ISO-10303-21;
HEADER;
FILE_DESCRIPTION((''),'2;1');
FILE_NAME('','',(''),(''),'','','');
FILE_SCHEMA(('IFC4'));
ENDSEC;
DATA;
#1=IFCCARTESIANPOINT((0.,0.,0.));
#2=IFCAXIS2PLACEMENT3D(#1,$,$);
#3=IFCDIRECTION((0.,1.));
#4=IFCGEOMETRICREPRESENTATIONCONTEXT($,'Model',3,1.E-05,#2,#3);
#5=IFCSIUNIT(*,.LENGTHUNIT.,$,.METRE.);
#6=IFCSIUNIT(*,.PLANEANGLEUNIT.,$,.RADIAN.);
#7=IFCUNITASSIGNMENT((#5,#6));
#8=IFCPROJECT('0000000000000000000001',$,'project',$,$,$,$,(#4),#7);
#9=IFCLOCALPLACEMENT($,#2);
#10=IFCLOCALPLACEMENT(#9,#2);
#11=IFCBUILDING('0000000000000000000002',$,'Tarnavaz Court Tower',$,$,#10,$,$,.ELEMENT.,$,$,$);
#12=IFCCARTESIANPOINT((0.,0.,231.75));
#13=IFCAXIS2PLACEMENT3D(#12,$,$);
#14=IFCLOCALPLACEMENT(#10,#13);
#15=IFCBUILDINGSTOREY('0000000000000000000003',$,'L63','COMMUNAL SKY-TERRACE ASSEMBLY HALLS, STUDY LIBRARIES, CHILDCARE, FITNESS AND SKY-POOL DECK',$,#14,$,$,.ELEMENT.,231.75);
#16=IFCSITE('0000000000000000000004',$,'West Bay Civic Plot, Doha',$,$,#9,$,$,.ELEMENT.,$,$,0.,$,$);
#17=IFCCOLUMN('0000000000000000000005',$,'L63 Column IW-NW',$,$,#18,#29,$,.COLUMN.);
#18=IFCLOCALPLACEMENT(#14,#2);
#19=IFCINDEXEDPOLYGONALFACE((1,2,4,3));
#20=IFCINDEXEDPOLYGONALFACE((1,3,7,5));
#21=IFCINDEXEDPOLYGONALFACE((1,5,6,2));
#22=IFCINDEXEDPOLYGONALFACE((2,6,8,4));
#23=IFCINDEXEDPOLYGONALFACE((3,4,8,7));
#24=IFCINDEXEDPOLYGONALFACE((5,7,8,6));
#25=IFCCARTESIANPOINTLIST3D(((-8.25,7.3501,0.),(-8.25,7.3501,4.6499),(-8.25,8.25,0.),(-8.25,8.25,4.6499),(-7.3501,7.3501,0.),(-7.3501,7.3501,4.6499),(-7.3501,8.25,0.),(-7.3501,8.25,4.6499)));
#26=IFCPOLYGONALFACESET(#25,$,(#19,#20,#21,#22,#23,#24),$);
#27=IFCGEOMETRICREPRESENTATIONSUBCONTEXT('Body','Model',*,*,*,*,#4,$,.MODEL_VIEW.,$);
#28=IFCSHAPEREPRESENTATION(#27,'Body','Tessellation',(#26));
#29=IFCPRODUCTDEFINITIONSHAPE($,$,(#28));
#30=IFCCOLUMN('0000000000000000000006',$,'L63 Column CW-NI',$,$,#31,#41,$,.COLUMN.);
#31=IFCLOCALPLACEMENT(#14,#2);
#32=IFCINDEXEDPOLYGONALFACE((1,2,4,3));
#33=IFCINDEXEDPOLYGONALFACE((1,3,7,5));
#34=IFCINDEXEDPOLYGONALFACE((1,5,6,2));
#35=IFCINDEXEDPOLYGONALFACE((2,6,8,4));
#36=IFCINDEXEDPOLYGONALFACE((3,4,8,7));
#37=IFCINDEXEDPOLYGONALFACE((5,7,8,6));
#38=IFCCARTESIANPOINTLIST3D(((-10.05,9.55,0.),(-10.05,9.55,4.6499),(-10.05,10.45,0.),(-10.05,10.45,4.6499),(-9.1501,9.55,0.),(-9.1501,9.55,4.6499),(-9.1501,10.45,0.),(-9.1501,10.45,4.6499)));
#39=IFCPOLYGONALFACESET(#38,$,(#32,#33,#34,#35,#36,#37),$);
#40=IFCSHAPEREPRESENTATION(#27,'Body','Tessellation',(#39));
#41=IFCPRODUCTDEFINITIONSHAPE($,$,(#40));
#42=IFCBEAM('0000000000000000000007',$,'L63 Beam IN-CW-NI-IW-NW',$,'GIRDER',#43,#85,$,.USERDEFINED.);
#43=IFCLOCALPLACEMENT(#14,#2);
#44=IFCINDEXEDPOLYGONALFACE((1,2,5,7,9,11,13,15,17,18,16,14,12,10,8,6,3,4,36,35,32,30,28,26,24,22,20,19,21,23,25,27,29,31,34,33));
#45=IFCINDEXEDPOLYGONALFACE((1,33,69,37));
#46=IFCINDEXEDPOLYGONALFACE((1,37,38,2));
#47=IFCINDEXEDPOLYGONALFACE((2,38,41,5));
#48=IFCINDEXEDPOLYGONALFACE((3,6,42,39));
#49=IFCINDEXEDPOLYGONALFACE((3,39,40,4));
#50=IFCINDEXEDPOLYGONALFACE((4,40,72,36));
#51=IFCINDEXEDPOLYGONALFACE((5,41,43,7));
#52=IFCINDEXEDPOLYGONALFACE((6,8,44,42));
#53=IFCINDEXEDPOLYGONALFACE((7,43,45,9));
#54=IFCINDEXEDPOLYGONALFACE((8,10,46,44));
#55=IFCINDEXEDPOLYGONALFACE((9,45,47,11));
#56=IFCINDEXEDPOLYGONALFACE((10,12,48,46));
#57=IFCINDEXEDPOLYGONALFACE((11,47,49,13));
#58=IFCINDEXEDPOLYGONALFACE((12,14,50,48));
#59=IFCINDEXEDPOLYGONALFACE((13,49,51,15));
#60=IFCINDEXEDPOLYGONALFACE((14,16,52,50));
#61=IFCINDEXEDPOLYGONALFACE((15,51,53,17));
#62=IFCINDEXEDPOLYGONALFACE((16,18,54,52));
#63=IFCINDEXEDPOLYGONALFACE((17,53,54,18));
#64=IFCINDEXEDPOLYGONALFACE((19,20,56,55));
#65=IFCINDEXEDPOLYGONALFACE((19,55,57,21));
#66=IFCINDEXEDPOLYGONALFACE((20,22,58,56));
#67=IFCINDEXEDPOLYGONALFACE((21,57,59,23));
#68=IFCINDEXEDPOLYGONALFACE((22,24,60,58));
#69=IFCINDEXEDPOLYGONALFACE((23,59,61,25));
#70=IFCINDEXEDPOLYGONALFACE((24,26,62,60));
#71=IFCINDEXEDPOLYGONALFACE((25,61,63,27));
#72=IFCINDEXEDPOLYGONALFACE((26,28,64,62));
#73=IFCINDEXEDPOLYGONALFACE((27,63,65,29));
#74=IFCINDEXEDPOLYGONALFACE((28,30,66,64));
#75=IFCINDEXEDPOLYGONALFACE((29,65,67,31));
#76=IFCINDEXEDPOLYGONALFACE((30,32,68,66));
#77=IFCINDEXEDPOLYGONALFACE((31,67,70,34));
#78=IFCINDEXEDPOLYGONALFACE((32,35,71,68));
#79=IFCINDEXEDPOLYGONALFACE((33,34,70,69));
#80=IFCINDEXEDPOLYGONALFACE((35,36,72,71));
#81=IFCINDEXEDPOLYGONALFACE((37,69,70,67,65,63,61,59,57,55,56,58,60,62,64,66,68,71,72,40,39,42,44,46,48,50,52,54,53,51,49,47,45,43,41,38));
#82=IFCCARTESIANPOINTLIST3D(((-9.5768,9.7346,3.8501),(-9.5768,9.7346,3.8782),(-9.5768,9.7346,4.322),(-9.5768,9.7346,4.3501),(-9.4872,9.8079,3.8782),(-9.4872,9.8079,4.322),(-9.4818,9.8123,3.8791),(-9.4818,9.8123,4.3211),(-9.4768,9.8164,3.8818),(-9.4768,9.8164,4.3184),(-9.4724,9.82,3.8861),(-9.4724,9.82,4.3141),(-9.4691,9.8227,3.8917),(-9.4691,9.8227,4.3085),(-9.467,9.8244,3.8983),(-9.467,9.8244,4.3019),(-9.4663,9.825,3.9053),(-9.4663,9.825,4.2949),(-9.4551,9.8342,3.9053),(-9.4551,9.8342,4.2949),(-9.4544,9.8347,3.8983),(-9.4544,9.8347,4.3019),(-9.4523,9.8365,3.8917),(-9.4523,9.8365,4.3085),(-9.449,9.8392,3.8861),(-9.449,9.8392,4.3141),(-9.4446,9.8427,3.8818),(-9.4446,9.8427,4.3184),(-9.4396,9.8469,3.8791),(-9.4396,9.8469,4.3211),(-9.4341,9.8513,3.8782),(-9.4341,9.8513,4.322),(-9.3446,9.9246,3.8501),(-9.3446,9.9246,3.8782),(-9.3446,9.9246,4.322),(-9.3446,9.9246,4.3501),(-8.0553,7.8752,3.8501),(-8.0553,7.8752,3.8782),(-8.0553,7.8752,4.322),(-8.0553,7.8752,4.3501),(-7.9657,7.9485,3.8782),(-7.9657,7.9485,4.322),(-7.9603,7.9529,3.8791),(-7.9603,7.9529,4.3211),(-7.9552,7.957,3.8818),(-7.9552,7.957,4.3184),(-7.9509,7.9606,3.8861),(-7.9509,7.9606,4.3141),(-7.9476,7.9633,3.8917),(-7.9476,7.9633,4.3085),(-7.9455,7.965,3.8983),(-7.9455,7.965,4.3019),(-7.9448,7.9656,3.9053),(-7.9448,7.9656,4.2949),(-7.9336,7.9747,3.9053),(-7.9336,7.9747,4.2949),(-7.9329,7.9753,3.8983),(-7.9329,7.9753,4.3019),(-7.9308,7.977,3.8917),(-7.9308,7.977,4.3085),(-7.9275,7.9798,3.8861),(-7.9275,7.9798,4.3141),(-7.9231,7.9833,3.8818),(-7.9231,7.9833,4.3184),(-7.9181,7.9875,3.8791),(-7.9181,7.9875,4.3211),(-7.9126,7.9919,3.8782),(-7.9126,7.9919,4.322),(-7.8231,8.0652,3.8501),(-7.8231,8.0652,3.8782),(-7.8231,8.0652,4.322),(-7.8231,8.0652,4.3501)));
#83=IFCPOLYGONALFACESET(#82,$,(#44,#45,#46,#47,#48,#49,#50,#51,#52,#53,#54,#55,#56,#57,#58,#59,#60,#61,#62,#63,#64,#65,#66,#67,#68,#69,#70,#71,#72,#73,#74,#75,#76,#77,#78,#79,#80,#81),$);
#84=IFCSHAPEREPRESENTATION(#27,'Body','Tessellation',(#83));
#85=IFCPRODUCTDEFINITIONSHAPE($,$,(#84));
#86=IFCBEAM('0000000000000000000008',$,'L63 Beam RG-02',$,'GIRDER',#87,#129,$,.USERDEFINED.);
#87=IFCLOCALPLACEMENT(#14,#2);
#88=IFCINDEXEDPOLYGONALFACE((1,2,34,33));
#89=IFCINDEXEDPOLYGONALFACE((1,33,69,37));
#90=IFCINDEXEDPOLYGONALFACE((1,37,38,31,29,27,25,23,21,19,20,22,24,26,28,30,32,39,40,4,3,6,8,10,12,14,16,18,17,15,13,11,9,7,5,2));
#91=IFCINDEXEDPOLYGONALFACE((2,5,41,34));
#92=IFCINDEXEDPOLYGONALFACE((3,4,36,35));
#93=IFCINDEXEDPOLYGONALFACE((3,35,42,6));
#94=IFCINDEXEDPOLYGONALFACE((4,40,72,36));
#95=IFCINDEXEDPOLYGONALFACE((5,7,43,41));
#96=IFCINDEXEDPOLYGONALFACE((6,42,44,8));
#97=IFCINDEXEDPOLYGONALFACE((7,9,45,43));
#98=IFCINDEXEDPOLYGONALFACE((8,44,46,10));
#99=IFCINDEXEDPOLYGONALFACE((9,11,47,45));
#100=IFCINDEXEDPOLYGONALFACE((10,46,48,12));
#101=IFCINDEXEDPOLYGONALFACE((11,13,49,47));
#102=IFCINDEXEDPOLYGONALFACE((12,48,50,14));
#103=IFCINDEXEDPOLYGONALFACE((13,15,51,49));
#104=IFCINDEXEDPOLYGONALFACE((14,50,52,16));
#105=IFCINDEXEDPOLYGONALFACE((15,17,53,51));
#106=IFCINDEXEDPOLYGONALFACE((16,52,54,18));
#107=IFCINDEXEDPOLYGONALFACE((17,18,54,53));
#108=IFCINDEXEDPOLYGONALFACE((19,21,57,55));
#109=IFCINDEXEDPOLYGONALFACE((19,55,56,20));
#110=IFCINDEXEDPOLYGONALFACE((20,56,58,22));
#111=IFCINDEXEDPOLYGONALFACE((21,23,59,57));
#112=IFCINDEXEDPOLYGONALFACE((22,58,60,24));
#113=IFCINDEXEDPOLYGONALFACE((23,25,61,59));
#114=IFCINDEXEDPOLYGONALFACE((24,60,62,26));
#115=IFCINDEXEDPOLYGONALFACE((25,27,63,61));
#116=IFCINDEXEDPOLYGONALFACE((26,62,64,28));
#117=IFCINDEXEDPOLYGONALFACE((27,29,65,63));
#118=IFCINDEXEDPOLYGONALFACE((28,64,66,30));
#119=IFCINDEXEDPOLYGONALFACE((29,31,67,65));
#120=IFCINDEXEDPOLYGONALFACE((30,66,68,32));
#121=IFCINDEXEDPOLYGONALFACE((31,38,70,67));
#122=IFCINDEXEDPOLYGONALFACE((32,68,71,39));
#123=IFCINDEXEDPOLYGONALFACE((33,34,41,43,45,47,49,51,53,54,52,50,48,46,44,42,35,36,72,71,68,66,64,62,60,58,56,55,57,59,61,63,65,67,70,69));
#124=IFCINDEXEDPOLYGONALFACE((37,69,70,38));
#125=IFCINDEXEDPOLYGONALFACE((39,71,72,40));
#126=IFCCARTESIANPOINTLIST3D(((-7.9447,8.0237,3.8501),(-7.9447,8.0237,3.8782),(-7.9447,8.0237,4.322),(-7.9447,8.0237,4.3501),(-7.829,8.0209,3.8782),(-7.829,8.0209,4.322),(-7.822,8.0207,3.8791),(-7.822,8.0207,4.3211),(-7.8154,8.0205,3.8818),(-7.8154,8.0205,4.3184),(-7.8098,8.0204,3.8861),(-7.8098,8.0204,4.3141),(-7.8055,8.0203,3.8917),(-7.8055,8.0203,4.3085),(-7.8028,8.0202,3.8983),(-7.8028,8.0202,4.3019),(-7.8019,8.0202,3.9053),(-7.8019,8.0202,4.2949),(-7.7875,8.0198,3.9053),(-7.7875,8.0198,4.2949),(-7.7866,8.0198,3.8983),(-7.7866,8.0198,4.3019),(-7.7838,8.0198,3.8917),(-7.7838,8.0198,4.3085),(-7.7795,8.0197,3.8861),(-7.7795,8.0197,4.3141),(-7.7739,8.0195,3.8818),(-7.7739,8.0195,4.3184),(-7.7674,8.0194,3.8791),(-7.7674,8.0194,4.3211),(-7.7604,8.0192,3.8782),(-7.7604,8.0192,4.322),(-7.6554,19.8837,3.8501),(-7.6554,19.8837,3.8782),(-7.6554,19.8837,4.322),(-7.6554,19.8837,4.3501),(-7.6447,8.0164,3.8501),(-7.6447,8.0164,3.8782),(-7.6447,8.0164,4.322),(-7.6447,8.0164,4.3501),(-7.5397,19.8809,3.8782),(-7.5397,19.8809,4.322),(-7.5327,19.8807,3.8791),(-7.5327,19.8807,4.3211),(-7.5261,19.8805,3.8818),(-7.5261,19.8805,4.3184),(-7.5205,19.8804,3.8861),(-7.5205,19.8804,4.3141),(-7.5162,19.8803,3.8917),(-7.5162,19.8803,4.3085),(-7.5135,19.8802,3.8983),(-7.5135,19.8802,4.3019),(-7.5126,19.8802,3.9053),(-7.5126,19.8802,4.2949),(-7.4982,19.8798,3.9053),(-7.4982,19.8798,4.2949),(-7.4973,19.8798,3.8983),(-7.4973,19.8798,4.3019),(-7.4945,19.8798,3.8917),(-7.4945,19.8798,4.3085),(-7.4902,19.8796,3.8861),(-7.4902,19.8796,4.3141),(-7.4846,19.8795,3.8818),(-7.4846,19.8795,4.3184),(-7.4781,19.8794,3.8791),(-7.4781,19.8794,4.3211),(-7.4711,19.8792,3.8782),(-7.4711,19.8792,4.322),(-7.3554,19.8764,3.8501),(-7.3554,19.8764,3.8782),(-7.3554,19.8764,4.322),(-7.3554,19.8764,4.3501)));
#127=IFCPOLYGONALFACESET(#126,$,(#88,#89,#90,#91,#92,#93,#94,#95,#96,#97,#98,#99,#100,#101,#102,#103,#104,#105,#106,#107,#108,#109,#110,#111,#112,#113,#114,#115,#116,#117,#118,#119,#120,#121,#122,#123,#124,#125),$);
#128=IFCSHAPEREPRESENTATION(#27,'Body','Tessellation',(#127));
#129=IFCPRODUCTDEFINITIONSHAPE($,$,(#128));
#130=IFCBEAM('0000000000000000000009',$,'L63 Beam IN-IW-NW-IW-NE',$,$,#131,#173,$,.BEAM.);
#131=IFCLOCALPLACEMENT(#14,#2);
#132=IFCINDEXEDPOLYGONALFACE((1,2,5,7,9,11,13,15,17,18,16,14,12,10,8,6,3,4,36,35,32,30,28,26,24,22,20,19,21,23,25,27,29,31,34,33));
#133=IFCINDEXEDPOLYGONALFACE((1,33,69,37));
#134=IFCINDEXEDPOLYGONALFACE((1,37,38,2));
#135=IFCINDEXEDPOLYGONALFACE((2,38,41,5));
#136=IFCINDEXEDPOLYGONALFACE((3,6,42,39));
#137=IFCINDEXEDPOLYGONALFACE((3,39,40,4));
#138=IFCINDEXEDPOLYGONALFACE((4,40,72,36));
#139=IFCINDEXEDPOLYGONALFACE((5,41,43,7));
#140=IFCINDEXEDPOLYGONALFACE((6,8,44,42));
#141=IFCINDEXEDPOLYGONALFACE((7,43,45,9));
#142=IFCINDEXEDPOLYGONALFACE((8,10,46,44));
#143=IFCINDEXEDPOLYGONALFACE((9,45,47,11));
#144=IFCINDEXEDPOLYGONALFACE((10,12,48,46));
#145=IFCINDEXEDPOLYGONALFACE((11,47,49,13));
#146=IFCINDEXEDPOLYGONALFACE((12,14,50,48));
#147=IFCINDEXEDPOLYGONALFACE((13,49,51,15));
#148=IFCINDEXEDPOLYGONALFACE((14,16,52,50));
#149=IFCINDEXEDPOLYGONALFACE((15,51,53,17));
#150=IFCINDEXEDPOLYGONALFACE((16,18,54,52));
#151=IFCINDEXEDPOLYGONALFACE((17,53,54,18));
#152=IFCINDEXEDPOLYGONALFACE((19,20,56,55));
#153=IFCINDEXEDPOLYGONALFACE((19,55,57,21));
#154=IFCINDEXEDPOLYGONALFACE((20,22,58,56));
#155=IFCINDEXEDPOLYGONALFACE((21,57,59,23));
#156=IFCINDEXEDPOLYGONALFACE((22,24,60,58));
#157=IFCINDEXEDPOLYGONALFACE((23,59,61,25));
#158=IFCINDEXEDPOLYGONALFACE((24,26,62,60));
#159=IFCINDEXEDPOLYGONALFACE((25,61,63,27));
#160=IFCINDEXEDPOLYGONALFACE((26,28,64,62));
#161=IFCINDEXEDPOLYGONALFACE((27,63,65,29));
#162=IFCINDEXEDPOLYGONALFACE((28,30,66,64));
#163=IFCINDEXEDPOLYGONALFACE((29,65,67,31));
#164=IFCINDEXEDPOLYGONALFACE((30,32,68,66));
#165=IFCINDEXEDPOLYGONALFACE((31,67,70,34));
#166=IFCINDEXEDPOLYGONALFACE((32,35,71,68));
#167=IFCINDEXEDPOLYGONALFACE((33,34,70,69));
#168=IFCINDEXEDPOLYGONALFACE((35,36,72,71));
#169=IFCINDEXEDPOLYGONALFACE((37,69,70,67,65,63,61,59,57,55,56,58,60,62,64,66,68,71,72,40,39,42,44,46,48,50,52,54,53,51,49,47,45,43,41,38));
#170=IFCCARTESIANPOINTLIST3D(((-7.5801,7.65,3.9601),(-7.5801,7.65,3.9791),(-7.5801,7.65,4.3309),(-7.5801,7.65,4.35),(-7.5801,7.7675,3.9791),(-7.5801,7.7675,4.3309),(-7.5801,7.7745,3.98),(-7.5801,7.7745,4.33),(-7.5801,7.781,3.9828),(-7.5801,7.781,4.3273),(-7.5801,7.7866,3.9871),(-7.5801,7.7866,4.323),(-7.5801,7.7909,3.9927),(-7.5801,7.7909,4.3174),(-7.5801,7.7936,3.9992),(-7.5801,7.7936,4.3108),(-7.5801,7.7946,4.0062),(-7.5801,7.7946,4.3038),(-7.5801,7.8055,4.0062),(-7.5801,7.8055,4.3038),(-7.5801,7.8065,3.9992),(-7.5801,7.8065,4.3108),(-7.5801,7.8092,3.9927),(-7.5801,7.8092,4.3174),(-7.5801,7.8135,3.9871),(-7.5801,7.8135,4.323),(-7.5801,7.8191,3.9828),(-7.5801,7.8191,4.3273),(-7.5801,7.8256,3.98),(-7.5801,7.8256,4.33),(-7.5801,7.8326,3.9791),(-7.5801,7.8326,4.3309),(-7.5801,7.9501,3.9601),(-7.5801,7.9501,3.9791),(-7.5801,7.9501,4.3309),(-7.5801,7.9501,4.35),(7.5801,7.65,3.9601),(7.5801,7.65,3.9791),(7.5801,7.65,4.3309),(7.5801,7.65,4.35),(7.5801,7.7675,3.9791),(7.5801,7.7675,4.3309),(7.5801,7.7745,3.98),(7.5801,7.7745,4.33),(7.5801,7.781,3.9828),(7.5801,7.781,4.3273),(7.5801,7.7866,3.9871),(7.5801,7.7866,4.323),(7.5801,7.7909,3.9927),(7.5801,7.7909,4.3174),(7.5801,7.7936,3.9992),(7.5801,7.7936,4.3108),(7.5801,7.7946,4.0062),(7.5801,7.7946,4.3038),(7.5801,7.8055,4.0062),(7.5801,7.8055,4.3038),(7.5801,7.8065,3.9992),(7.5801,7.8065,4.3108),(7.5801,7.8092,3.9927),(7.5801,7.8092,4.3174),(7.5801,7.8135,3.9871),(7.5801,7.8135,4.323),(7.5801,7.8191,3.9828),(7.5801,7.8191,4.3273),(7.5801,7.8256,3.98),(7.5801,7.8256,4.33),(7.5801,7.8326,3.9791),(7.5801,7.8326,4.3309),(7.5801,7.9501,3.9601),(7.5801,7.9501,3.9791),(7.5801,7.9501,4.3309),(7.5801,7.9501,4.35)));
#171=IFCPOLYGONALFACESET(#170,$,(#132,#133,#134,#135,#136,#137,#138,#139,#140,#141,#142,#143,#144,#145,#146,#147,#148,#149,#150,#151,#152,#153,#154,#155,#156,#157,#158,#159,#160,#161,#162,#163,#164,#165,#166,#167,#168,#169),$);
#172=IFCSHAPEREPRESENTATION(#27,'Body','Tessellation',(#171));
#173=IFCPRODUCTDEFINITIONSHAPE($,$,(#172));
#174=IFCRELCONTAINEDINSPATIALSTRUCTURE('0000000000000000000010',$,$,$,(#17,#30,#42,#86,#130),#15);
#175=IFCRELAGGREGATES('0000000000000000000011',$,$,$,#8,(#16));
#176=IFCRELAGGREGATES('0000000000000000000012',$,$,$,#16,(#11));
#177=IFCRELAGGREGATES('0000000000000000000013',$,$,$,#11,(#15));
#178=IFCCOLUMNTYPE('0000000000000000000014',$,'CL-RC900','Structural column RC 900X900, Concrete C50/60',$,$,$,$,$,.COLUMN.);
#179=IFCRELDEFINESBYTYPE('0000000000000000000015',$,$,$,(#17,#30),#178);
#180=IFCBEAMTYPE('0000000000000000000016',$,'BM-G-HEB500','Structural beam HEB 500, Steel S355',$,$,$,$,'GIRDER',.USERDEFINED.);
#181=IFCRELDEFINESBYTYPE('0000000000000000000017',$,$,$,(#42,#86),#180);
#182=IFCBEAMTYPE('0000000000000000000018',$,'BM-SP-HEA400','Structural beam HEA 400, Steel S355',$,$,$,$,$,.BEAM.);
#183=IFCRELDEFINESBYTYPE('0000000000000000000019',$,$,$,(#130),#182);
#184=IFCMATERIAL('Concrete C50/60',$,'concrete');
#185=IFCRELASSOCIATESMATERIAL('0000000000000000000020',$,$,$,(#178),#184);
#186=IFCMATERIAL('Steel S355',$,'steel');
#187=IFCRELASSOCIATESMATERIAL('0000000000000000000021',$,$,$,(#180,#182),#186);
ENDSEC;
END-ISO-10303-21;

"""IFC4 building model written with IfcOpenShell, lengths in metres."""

from ifc_helpers import new_model, si_unit, direction, frame, origin, origin_2d, place, context, subcontext, project, spatial, rectangle, i_section, extrude, material, material_profile, profile_set, type_object, element, save


model = new_model("IFC4")

# Units and contexts
model_context = context("Model", 3, precision=1e-05, world=origin(), true_north=direction((0.0, 1.0)))
body_context = subcontext(model_context, "Body", "Model", "MODEL_VIEW")
ifc_project = project(units=[si_unit("LENGTHUNIT", "METRE"), si_unit("PLANEANGLEUNIT", "RADIAN")], contexts=[model_context])

# Site, building, storey
site_placement = place(None, origin())
site = spatial("IfcSite", under=ifc_project, at=site_placement, Name="West Bay Civic Plot, Doha", CompositionType="ELEMENT", RefElevation=0.0)
building_placement = place(site_placement, origin())
building = spatial("IfcBuilding", under=site, at=building_placement, Name="Tarnavaz Court Tower", CompositionType="ELEMENT")
storey_placement = place(building_placement, frame((0.0, 0.0, 231.75)))
storey = spatial("IfcBuildingStorey", under=building, at=storey_placement, Name="L63", Description="COMMUNAL SKY-TERRACE ASSEMBLY HALLS, STUDY LIBRARIES, CHILDCARE, FITNESS AND SKY-POOL DECK", CompositionType="ELEMENT", Elevation=231.75)

# Columns
ifc_material_1 = material(Name="Concrete C50/60", Category="concrete")
ifc_material_profile_1 = material_profile(ifc_material_1, rectangle(XDim=0.8999, YDim=0.8999, at=origin_2d()), Name="RC 900X900")
ifc_profile_set_1 = profile_set([ifc_material_profile_1], Name="Concrete C50/60")
column_type = type_object("IfcColumnType", Name="CL-RC900", Description="Structural column RC 900X900, Concrete C50/60", PredefinedType="COLUMN", material=ifc_profile_set_1)
for number, where, z_axis, x_axis, name in (
    (1, (-7.8, 7.8, 0.0), (0.0, 0.0, 1.0), (1.0, 0.0, 0.0), "L63 Column IW-NW"),
    (2, (-9.6001, 10.0, 0.0), (0.0, 0.0, 1.0), (1.0, 0.0, 0.0), "L63 Column CW-NI"),
):
    element("IfcColumn", number, at=place(storey_placement, frame(where, z_axis=z_axis, x_axis=x_axis)), inside=storey, type_object=column_type, Name=name, PredefinedType="COLUMN", context=body_context, shape_type="SweptSolid", body=[
        extrude(rectangle(XDim=0.8999, YDim=0.8999, at=origin_2d()), origin(), (0.0, 0.0, 1.0), 4.6499),
    ])

# Beams
ifc_material_2 = material(Name="Steel S355", Category="steel")
ifc_material_profile_2 = material_profile(ifc_material_2, i_section(OverallWidth=0.3, OverallDepth=0.5, WebThickness=0.0144, FlangeThickness=0.0281, FilletRadius=0.0271, at=origin_2d()), Name="HEB 500")
ifc_profile_set_2 = profile_set([ifc_material_profile_2], Name="Steel S355")
beam_type_1 = type_object("IfcBeamType", Name="BM-G-HEB500", Description="Structural beam HEB 500, Steel S355", ElementType="GIRDER", PredefinedType="USERDEFINED", material=ifc_profile_set_2)
beam_1_placement = place(storey_placement, frame((-9.4607, 9.8296, 4.1001), z_axis=(0.633282, -0.773921, 0.0), x_axis=(0.773921, 0.633282, 0.0)))
element("IfcBeam", 3, at=beam_1_placement, inside=storey, type_object=beam_type_1, Name="L63 Beam IN-CW-NI-IW-NW", ObjectType="GIRDER", PredefinedType="USERDEFINED", context=body_context, shape_type="SweptSolid", body=[
    extrude(i_section(OverallWidth=0.3, OverallDepth=0.5, WebThickness=0.0144, FlangeThickness=0.0281, FilletRadius=0.0271, at=origin_2d()), origin(), (0.0, 0.0, 1.0), 2.4026),
])
beam_2_placement = place(storey_placement, frame((-7.7947, 8.02, 4.1001), z_axis=(0.024386, 0.999703, 0.0), x_axis=(-0.999703, 0.024386, 0.0)))
element("IfcBeam", 4, at=beam_2_placement, inside=storey, type_object=beam_type_1, Name="L63 Beam RG-02", ObjectType="GIRDER", PredefinedType="USERDEFINED", context=body_context, shape_type="SweptSolid", body=[
    extrude(i_section(OverallWidth=0.3, OverallDepth=0.5, WebThickness=0.0144, FlangeThickness=0.0281, FilletRadius=0.0271, at=origin_2d()), origin(), (0.0, 0.0, 1.0), 11.8635),
])
ifc_material_profile_3 = material_profile(ifc_material_2, i_section(OverallWidth=0.3, OverallDepth=0.3899, WebThickness=0.011, FlangeThickness=0.019, FilletRadius=0.0271, at=origin_2d()), Name="HEA 400")
ifc_profile_set_3 = profile_set([ifc_material_profile_3], Name="Steel S355")
beam_type_2 = type_object("IfcBeamType", Name="BM-SP-HEA400", Description="Structural beam HEA 400, Steel S355", PredefinedType="BEAM", material=ifc_profile_set_3)
beam_3_placement = place(storey_placement, frame((-7.5801, 7.8, 4.155), z_axis=(1.0, 0.0, 0.0), x_axis=(0.0, 1.0, 0.0)))
element("IfcBeam", 5, at=beam_3_placement, inside=storey, type_object=beam_type_2, Name="L63 Beam IN-IW-NW-IW-NE", PredefinedType="BEAM", context=body_context, shape_type="SweptSolid", body=[
    extrude(i_section(OverallWidth=0.3, OverallDepth=0.3899, WebThickness=0.011, FlangeThickness=0.019, FilletRadius=0.0271, at=origin_2d()), origin(), (0.0, 0.0, 1.0), 15.1602),
])

save(model, "model.ifc")
